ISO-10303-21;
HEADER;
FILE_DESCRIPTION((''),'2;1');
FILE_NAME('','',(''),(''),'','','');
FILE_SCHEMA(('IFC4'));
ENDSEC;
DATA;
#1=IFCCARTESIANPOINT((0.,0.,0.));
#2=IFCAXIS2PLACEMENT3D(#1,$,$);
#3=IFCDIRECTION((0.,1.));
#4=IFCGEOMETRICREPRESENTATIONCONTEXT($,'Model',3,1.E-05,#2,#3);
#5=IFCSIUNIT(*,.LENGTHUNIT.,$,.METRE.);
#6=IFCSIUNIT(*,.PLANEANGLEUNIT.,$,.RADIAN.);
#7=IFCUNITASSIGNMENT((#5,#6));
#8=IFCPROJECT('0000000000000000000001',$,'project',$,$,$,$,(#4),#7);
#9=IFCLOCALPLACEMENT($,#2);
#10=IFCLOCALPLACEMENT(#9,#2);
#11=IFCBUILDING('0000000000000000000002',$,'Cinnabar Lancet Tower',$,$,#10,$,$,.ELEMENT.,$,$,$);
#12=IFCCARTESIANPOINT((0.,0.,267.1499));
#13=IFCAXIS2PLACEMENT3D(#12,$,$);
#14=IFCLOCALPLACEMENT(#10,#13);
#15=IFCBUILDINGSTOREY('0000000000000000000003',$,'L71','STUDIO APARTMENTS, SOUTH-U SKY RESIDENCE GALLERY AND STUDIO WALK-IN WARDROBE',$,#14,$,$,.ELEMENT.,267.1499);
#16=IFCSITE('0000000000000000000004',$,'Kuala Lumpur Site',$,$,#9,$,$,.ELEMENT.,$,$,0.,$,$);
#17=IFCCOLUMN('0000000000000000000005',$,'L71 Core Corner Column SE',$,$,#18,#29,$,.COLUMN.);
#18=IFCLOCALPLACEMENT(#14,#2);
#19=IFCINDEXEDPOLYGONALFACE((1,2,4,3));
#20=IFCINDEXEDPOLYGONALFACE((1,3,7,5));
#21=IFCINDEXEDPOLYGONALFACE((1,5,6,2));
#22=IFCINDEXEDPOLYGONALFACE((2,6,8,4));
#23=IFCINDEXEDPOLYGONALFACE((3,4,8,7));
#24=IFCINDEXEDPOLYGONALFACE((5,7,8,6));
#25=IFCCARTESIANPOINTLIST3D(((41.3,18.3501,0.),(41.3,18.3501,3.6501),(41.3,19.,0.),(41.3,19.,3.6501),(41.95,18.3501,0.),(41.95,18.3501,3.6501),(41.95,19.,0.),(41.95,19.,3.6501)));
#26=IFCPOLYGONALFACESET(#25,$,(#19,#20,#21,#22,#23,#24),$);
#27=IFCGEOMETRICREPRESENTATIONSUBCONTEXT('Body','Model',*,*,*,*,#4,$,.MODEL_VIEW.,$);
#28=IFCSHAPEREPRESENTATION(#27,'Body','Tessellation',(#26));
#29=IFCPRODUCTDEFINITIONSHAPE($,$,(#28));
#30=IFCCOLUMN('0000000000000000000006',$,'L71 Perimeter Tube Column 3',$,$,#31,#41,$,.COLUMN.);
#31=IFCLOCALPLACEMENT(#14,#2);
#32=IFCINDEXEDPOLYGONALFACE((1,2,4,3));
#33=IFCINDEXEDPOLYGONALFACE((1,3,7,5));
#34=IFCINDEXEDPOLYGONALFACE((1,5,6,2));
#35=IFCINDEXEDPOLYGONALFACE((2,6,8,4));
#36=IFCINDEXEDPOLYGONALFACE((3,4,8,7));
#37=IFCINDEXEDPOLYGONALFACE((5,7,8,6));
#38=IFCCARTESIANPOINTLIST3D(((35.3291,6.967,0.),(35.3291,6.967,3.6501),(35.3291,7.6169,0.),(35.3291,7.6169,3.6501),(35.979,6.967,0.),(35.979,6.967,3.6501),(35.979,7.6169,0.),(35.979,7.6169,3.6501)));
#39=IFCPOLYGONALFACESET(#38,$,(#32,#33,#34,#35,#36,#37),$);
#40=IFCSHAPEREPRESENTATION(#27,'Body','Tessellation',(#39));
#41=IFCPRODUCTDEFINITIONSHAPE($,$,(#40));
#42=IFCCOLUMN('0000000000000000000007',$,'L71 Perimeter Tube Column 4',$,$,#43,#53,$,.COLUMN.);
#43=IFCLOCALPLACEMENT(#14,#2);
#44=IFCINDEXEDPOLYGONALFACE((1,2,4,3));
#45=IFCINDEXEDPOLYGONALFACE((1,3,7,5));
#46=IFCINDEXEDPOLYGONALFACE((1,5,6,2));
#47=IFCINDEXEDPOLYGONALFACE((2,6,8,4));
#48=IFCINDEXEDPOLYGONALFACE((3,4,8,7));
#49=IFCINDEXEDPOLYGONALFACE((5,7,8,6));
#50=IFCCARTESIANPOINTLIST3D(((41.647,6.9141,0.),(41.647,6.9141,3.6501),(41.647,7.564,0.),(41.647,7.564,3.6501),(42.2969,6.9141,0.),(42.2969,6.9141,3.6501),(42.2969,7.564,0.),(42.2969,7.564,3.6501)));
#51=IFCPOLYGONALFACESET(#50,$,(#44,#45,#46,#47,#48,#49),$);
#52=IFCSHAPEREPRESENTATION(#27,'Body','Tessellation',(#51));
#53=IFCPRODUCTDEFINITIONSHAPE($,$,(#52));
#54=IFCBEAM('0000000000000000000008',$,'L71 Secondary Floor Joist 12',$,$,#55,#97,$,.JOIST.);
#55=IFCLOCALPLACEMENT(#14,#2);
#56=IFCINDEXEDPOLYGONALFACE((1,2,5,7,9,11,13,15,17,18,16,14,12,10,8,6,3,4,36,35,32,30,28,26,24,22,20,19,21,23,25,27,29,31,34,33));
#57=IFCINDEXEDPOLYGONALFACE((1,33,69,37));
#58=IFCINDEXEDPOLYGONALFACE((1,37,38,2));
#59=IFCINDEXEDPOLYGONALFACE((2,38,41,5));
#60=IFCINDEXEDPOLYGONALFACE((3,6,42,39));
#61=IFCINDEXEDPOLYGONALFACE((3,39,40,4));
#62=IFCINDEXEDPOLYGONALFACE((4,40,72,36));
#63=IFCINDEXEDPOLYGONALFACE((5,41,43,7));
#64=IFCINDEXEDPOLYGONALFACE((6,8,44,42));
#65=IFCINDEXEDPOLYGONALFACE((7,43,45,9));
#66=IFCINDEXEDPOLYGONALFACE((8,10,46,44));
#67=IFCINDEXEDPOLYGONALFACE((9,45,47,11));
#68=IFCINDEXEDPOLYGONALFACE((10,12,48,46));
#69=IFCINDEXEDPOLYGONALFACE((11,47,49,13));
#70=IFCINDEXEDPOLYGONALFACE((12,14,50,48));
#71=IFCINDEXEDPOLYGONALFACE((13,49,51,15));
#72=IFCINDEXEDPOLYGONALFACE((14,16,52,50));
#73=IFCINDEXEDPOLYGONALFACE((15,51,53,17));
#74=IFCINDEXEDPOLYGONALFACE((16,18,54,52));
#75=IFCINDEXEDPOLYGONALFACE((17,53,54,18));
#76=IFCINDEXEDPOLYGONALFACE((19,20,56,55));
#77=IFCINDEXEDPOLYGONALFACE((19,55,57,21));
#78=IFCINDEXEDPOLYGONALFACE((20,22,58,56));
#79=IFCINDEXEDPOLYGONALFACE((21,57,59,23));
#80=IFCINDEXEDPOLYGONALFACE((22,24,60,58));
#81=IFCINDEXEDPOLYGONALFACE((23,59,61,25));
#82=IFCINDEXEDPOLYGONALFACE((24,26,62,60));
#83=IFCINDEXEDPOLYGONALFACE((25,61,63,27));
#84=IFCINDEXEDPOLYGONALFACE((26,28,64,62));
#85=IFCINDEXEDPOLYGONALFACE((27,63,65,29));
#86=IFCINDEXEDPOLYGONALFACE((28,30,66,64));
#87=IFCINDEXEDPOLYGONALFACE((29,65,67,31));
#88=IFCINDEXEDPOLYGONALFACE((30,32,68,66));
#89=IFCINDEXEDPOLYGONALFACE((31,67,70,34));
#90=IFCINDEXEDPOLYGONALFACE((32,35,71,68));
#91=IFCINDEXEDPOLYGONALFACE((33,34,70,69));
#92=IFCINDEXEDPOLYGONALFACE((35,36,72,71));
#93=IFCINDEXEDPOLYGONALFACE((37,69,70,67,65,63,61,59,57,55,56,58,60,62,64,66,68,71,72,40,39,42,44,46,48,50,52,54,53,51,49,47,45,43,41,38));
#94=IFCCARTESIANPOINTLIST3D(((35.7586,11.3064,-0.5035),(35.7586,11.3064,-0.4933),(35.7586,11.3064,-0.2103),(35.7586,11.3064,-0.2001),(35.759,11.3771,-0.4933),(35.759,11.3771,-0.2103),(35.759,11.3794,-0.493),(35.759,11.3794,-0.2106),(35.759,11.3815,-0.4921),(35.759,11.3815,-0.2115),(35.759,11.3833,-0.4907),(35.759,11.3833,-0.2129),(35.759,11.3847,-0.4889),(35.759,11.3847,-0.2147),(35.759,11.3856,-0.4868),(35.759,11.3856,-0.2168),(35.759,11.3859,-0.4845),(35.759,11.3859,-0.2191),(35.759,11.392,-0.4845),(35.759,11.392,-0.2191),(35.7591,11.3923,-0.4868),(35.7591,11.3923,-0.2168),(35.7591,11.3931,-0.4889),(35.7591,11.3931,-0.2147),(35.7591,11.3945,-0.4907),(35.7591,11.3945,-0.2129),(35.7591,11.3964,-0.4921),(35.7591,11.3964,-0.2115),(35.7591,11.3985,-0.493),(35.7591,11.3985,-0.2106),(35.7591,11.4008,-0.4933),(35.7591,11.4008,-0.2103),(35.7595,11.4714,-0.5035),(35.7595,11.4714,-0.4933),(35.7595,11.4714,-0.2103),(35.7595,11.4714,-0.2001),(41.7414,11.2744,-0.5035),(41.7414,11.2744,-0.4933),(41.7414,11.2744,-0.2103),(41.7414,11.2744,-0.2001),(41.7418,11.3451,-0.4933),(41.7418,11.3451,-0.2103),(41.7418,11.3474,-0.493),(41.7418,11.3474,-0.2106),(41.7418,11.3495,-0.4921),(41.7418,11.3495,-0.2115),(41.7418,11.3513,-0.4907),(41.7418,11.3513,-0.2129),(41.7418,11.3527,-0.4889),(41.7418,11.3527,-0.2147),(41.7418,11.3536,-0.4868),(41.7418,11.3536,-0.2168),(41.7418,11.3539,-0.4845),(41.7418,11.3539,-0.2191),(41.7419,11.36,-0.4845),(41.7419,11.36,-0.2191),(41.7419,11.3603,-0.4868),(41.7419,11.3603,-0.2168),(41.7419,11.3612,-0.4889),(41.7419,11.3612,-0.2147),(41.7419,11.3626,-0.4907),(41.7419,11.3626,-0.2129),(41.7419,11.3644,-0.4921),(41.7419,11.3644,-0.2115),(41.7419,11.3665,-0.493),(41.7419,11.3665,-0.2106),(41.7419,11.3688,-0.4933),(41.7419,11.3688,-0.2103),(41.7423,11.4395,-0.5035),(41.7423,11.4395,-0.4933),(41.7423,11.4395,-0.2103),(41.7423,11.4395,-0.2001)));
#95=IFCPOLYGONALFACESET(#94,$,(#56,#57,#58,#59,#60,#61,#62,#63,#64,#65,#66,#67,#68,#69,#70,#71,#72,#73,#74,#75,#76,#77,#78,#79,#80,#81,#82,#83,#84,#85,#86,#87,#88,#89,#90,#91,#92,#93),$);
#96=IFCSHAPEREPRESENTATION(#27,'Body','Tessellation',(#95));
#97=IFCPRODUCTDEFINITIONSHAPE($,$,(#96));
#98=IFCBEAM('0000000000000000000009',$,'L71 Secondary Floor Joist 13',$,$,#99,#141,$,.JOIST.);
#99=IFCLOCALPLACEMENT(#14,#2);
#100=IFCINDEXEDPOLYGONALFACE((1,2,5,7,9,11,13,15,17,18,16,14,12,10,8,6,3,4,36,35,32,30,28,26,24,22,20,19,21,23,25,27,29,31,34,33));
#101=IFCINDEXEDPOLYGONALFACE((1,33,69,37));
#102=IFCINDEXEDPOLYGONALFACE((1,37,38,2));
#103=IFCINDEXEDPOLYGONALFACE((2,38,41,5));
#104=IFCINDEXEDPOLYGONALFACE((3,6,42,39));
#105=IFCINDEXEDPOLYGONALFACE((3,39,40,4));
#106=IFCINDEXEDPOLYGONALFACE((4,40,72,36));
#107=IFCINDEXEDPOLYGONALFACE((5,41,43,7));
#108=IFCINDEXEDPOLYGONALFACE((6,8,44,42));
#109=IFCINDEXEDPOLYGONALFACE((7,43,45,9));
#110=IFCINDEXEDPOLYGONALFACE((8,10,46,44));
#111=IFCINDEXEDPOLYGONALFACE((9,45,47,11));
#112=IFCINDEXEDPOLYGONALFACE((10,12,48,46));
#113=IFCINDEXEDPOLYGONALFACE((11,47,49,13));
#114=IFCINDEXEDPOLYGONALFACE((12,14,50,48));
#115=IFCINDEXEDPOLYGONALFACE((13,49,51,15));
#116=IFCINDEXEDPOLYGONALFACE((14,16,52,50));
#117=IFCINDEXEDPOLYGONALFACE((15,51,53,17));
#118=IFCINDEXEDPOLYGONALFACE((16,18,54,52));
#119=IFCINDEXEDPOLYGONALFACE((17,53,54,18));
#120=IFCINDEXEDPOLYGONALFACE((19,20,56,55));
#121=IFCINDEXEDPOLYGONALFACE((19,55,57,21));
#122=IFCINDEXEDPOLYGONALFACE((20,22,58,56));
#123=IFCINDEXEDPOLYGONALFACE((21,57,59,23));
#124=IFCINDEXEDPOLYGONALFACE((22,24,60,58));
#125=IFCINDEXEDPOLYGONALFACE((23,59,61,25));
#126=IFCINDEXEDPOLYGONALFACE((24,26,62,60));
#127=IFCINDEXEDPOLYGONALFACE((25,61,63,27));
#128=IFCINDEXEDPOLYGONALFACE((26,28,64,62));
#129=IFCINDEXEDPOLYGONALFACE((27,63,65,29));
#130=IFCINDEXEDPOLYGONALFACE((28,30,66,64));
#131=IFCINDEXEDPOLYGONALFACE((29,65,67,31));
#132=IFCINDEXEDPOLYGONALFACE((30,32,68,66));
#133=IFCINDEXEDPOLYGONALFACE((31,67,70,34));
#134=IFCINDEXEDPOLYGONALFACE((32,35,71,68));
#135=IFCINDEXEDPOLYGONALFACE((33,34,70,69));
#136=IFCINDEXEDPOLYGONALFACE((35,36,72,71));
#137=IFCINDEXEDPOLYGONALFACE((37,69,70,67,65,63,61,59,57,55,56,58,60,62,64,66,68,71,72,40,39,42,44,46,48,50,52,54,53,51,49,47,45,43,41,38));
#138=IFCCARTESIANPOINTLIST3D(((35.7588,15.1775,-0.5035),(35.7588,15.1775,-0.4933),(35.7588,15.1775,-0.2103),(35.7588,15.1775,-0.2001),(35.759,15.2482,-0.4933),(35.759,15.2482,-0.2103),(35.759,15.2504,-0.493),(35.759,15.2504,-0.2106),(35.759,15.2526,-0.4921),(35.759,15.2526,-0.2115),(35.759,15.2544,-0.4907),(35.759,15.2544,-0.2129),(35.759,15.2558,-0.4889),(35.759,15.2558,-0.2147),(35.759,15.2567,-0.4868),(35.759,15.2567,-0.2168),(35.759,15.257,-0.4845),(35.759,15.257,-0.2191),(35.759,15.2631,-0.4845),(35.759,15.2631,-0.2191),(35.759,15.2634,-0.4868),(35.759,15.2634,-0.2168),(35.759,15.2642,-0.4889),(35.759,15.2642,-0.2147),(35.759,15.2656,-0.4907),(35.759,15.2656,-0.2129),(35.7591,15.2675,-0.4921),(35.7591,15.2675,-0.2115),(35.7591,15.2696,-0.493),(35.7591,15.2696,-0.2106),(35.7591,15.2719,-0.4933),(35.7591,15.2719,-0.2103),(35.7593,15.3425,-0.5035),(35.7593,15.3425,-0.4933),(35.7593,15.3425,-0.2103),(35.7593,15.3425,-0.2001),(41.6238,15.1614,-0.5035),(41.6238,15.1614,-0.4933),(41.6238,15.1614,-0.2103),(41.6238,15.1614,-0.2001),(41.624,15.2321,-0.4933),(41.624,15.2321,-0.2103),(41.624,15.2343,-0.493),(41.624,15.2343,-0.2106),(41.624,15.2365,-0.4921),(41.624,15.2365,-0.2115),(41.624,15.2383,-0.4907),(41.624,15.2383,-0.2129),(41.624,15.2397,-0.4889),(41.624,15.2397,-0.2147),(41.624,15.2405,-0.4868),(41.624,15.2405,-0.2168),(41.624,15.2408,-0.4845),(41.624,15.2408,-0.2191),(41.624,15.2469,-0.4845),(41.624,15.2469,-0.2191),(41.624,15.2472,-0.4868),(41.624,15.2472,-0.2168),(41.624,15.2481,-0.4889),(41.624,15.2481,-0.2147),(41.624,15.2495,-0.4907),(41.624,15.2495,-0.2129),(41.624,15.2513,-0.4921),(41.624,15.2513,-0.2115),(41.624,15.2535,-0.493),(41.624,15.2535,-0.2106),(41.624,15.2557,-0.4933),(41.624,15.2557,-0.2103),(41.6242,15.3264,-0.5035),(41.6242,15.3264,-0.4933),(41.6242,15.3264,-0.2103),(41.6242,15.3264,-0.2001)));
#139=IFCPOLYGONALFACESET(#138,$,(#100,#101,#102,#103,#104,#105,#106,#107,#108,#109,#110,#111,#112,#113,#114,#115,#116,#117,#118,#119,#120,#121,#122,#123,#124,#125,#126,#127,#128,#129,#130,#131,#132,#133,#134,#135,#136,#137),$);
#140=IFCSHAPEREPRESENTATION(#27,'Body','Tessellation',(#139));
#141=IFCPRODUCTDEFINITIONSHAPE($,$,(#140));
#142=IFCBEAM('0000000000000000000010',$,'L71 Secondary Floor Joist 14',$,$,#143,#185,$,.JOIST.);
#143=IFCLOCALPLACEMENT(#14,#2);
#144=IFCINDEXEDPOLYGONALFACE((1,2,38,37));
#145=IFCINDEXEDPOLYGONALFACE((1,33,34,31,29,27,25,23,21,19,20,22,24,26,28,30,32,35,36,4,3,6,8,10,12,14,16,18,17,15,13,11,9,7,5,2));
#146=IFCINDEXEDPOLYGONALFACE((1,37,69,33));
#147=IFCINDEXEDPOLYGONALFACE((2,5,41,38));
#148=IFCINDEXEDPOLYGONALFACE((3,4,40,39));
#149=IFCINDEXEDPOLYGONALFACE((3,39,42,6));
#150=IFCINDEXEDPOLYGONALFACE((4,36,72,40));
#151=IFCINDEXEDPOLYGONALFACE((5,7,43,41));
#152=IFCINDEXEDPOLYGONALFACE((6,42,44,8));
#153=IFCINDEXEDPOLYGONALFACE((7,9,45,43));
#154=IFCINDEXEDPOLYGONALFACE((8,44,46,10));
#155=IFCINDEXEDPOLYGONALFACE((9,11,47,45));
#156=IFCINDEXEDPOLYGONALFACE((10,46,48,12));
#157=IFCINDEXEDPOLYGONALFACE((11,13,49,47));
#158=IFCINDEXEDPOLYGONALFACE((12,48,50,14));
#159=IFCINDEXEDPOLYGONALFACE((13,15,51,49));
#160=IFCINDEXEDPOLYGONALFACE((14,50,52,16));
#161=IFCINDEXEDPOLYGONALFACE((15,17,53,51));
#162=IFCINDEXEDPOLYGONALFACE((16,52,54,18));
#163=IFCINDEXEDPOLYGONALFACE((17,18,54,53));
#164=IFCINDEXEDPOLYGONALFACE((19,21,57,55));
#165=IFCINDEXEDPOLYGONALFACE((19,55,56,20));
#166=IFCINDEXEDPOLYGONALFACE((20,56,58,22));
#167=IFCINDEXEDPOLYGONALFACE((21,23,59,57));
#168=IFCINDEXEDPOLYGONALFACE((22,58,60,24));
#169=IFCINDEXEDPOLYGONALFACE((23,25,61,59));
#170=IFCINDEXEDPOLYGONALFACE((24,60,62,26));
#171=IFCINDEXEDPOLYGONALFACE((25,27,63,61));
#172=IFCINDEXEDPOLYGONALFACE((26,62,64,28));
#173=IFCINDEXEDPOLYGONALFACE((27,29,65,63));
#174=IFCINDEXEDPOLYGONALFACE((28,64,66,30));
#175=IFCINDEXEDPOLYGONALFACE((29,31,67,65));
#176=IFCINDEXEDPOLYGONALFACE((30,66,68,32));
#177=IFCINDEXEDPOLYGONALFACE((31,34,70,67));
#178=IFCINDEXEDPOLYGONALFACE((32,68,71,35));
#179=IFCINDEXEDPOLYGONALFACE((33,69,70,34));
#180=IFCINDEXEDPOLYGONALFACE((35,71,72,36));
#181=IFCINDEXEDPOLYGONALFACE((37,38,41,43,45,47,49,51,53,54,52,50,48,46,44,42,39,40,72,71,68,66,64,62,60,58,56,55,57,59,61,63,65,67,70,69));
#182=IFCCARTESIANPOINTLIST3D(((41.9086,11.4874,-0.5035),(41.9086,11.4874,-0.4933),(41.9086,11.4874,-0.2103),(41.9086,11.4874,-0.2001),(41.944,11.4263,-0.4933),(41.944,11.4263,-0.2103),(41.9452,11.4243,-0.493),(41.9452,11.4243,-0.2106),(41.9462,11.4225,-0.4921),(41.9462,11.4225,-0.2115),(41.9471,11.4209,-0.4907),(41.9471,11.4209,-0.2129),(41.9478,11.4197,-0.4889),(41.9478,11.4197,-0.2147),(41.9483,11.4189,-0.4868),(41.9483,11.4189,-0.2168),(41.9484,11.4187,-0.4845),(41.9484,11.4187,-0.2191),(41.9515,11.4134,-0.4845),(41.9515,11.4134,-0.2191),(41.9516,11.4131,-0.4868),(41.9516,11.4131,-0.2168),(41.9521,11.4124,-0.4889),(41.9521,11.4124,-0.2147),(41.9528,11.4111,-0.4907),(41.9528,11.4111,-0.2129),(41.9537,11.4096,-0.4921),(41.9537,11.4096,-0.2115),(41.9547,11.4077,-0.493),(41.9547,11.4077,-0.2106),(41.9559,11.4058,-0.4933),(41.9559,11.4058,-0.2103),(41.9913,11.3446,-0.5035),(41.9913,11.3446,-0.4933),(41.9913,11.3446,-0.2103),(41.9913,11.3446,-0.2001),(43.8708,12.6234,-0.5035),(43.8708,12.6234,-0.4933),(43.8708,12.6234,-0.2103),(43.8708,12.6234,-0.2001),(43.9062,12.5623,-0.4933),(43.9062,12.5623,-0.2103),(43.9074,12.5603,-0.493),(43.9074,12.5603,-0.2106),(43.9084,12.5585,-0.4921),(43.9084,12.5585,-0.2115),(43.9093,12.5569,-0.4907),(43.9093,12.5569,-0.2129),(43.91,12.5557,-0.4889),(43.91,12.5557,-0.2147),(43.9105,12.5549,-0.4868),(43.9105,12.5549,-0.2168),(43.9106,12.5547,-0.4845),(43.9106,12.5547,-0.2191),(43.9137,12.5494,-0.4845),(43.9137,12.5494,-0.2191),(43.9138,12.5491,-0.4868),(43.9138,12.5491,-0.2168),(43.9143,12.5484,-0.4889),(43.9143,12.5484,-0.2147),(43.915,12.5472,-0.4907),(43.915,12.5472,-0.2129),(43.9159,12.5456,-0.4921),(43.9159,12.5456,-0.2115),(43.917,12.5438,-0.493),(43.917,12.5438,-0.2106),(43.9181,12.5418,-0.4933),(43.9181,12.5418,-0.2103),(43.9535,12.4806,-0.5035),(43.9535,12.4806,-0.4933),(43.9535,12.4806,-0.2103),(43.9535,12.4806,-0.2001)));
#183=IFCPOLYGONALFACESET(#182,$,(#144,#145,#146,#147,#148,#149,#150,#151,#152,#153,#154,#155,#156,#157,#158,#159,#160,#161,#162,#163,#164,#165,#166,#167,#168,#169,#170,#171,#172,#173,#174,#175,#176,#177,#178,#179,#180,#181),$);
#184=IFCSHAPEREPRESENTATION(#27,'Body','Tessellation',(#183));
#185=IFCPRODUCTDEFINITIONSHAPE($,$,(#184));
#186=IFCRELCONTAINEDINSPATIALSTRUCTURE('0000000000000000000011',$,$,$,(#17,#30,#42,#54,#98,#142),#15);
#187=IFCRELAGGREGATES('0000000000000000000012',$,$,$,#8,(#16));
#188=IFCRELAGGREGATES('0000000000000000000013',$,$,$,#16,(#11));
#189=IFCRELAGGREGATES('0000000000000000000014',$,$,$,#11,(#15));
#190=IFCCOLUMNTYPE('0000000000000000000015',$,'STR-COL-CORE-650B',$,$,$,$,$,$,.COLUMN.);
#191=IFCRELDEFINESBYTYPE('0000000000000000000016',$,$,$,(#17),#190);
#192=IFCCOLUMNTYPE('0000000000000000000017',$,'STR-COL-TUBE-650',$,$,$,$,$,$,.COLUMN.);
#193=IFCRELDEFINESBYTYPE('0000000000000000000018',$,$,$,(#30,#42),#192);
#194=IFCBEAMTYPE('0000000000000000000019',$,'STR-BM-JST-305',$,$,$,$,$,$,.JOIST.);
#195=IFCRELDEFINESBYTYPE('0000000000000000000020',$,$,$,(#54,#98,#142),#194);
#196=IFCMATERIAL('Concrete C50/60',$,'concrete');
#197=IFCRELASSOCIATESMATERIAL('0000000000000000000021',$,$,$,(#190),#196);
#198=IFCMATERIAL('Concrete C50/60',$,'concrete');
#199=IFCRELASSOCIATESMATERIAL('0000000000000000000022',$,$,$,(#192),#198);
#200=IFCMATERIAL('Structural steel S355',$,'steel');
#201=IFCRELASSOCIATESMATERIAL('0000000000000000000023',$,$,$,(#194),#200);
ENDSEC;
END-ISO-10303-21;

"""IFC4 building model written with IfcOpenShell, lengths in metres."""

from ifc_helpers import new_model, si_unit, direction, frame, origin, origin_2d, place, context, subcontext, project, spatial, rectangle, i_section, extrude, material, material_profile, profile_set, type_object, element, save


model = new_model("IFC4")

# Units and contexts
model_context = context("Model", 3, precision=1e-05, world=origin(), true_north=direction((0.0, 1.0)))
body_context = subcontext(model_context, "Body", "Model", "MODEL_VIEW")
ifc_project = project(units=[si_unit("LENGTHUNIT", "METRE"), si_unit("PLANEANGLEUNIT", "RADIAN")], contexts=[model_context])

# Site, building, storey
site_placement = place(None, origin())
site = spatial("IfcSite", under=ifc_project, at=site_placement, Name="Kuala Lumpur Site", CompositionType="ELEMENT", RefElevation=0.0)
building_placement = place(site_placement, origin())
building = spatial("IfcBuilding", under=site, at=building_placement, Name="Cinnabar Lancet Tower", CompositionType="ELEMENT")
storey_placement = place(building_placement, frame((0.0, 0.0, 267.1499)))
storey = spatial("IfcBuildingStorey", under=building, at=storey_placement, Name="L71", Description="STUDIO APARTMENTS, SOUTH-U SKY RESIDENCE GALLERY AND STUDIO WALK-IN WARDROBE", CompositionType="ELEMENT", Elevation=267.1499)

# Columns
ifc_material_1 = material(Name="Concrete C50/60", Category="concrete")
ifc_material_profile_1 = material_profile(ifc_material_1, rectangle(XDim=0.6499, YDim=0.6499, at=origin_2d()), Name="RC-COL 650x650")
ifc_profile_set_1 = profile_set([ifc_material_profile_1], Name="Concrete C50/60")
column_type_1 = type_object("IfcColumnType", Name="STR-COL-CORE-650B", PredefinedType="COLUMN", material=ifc_profile_set_1)
column_placement = place(storey_placement, frame((41.625, 18.675, 0.0), z_axis=(0.0, 0.0, 1.0), x_axis=(1.0, 0.0, 0.0)))
element("IfcColumn", 1, at=column_placement, inside=storey, type_object=column_type_1, Name="L71 Core Corner Column SE", PredefinedType="COLUMN", context=body_context, shape_type="SweptSolid", body=[
    extrude(rectangle(XDim=0.6499, YDim=0.6499, at=origin_2d()), origin(), (0.0, 0.0, 1.0), 3.6501),
])
ifc_material_2 = material(Name="Concrete C50/60", Category="concrete")
ifc_material_profile_2 = material_profile(ifc_material_2, rectangle(XDim=0.6499, YDim=0.6499, at=origin_2d()), Name="RC-COL 650x650")
ifc_profile_set_2 = profile_set([ifc_material_profile_2], Name="Concrete C50/60")
column_type_2 = type_object("IfcColumnType", Name="STR-COL-TUBE-650", PredefinedType="COLUMN", material=ifc_profile_set_2)
for number, where, z_axis, x_axis, name in (
    (2, (35.6541, 7.292, 0.0), (0.0, 0.0, 1.0), (1.0, 0.0, 0.0), "L71 Perimeter Tube Column 3"),
    (3, (41.9719, 7.239, 0.0), (0.0, 0.0, 1.0), (1.0, 0.0, 0.0), "L71 Perimeter Tube Column 4"),
):
    element("IfcColumn", number, at=place(storey_placement, frame(where, z_axis=z_axis, x_axis=x_axis)), inside=storey, type_object=column_type_2, Name=name, PredefinedType="COLUMN", context=body_context, shape_type="SweptSolid", body=[
        extrude(rectangle(XDim=0.6499, YDim=0.6499, at=origin_2d()), origin(), (0.0, 0.0, 1.0), 3.6501),
    ])

# Beams
ifc_material_3 = material(Name="Structural steel S355", Category="steel")
ifc_material_profile_3 = material_profile(ifc_material_3, i_section(OverallWidth=0.165, OverallDepth=0.3035, WebThickness=0.0061, FlangeThickness=0.0103, FilletRadius=0.0088, at=origin_2d()), Name="UKB 305x165x40")
ifc_profile_set_3 = profile_set([ifc_material_profile_3], Name="Structural steel S355")
beam_type_1 = type_object("IfcBeamType", Name="STR-BM-JST-305", PredefinedType="JOIST", material=ifc_profile_set_3)
beam_1_placement = place(storey_placement, frame((35.759, 11.3889, -0.3518), z_axis=(0.999986, -0.005346, 0.0), x_axis=(0.005346, 0.999986, 0.0)))
element("IfcBeam", 4, at=beam_1_placement, inside=storey, type_object=beam_type_1, Name="L71 Secondary Floor Joist 12", PredefinedType="JOIST", context=body_context, shape_type="SweptSolid", body=[
    extrude(i_section(OverallWidth=0.165, OverallDepth=0.3035, WebThickness=0.0061, FlangeThickness=0.0103, FilletRadius=0.0088, at=origin_2d()), origin(), (0.0, 0.0, 1.0), 5.9829),
])
beam_2_placement = place(storey_placement, frame((35.759, 15.26, -0.3518), z_axis=(0.999996, -0.002747, 0.0), x_axis=(0.002747, 0.999996, 0.0)))
element("IfcBeam", 5, at=beam_2_placement, inside=storey, type_object=beam_type_1, Name="L71 Secondary Floor Joist 13", PredefinedType="JOIST", context=body_context, shape_type="SweptSolid", body=[
    extrude(i_section(OverallWidth=0.165, OverallDepth=0.3035, WebThickness=0.0061, FlangeThickness=0.0103, FilletRadius=0.0088, at=origin_2d()), origin(), (0.0, 0.0, 1.0), 5.865),
])
beam_3_placement = place(storey_placement, frame((41.95, 11.416, -0.3518), z_axis=(0.865426, 0.501036, 0.0), x_axis=(-0.501036, 0.865426, 0.0)))
element("IfcBeam", 6, at=beam_3_placement, inside=storey, type_object=beam_type_1, Name="L71 Secondary Floor Joist 14", PredefinedType="JOIST", context=body_context, shape_type="SweptSolid", body=[
    extrude(i_section(OverallWidth=0.165, OverallDepth=0.3035, WebThickness=0.0061, FlangeThickness=0.0103, FilletRadius=0.0088, at=origin_2d()), origin(), (0.0, 0.0, 1.0), 2.2673),
])

save(model, "model.ifc")
